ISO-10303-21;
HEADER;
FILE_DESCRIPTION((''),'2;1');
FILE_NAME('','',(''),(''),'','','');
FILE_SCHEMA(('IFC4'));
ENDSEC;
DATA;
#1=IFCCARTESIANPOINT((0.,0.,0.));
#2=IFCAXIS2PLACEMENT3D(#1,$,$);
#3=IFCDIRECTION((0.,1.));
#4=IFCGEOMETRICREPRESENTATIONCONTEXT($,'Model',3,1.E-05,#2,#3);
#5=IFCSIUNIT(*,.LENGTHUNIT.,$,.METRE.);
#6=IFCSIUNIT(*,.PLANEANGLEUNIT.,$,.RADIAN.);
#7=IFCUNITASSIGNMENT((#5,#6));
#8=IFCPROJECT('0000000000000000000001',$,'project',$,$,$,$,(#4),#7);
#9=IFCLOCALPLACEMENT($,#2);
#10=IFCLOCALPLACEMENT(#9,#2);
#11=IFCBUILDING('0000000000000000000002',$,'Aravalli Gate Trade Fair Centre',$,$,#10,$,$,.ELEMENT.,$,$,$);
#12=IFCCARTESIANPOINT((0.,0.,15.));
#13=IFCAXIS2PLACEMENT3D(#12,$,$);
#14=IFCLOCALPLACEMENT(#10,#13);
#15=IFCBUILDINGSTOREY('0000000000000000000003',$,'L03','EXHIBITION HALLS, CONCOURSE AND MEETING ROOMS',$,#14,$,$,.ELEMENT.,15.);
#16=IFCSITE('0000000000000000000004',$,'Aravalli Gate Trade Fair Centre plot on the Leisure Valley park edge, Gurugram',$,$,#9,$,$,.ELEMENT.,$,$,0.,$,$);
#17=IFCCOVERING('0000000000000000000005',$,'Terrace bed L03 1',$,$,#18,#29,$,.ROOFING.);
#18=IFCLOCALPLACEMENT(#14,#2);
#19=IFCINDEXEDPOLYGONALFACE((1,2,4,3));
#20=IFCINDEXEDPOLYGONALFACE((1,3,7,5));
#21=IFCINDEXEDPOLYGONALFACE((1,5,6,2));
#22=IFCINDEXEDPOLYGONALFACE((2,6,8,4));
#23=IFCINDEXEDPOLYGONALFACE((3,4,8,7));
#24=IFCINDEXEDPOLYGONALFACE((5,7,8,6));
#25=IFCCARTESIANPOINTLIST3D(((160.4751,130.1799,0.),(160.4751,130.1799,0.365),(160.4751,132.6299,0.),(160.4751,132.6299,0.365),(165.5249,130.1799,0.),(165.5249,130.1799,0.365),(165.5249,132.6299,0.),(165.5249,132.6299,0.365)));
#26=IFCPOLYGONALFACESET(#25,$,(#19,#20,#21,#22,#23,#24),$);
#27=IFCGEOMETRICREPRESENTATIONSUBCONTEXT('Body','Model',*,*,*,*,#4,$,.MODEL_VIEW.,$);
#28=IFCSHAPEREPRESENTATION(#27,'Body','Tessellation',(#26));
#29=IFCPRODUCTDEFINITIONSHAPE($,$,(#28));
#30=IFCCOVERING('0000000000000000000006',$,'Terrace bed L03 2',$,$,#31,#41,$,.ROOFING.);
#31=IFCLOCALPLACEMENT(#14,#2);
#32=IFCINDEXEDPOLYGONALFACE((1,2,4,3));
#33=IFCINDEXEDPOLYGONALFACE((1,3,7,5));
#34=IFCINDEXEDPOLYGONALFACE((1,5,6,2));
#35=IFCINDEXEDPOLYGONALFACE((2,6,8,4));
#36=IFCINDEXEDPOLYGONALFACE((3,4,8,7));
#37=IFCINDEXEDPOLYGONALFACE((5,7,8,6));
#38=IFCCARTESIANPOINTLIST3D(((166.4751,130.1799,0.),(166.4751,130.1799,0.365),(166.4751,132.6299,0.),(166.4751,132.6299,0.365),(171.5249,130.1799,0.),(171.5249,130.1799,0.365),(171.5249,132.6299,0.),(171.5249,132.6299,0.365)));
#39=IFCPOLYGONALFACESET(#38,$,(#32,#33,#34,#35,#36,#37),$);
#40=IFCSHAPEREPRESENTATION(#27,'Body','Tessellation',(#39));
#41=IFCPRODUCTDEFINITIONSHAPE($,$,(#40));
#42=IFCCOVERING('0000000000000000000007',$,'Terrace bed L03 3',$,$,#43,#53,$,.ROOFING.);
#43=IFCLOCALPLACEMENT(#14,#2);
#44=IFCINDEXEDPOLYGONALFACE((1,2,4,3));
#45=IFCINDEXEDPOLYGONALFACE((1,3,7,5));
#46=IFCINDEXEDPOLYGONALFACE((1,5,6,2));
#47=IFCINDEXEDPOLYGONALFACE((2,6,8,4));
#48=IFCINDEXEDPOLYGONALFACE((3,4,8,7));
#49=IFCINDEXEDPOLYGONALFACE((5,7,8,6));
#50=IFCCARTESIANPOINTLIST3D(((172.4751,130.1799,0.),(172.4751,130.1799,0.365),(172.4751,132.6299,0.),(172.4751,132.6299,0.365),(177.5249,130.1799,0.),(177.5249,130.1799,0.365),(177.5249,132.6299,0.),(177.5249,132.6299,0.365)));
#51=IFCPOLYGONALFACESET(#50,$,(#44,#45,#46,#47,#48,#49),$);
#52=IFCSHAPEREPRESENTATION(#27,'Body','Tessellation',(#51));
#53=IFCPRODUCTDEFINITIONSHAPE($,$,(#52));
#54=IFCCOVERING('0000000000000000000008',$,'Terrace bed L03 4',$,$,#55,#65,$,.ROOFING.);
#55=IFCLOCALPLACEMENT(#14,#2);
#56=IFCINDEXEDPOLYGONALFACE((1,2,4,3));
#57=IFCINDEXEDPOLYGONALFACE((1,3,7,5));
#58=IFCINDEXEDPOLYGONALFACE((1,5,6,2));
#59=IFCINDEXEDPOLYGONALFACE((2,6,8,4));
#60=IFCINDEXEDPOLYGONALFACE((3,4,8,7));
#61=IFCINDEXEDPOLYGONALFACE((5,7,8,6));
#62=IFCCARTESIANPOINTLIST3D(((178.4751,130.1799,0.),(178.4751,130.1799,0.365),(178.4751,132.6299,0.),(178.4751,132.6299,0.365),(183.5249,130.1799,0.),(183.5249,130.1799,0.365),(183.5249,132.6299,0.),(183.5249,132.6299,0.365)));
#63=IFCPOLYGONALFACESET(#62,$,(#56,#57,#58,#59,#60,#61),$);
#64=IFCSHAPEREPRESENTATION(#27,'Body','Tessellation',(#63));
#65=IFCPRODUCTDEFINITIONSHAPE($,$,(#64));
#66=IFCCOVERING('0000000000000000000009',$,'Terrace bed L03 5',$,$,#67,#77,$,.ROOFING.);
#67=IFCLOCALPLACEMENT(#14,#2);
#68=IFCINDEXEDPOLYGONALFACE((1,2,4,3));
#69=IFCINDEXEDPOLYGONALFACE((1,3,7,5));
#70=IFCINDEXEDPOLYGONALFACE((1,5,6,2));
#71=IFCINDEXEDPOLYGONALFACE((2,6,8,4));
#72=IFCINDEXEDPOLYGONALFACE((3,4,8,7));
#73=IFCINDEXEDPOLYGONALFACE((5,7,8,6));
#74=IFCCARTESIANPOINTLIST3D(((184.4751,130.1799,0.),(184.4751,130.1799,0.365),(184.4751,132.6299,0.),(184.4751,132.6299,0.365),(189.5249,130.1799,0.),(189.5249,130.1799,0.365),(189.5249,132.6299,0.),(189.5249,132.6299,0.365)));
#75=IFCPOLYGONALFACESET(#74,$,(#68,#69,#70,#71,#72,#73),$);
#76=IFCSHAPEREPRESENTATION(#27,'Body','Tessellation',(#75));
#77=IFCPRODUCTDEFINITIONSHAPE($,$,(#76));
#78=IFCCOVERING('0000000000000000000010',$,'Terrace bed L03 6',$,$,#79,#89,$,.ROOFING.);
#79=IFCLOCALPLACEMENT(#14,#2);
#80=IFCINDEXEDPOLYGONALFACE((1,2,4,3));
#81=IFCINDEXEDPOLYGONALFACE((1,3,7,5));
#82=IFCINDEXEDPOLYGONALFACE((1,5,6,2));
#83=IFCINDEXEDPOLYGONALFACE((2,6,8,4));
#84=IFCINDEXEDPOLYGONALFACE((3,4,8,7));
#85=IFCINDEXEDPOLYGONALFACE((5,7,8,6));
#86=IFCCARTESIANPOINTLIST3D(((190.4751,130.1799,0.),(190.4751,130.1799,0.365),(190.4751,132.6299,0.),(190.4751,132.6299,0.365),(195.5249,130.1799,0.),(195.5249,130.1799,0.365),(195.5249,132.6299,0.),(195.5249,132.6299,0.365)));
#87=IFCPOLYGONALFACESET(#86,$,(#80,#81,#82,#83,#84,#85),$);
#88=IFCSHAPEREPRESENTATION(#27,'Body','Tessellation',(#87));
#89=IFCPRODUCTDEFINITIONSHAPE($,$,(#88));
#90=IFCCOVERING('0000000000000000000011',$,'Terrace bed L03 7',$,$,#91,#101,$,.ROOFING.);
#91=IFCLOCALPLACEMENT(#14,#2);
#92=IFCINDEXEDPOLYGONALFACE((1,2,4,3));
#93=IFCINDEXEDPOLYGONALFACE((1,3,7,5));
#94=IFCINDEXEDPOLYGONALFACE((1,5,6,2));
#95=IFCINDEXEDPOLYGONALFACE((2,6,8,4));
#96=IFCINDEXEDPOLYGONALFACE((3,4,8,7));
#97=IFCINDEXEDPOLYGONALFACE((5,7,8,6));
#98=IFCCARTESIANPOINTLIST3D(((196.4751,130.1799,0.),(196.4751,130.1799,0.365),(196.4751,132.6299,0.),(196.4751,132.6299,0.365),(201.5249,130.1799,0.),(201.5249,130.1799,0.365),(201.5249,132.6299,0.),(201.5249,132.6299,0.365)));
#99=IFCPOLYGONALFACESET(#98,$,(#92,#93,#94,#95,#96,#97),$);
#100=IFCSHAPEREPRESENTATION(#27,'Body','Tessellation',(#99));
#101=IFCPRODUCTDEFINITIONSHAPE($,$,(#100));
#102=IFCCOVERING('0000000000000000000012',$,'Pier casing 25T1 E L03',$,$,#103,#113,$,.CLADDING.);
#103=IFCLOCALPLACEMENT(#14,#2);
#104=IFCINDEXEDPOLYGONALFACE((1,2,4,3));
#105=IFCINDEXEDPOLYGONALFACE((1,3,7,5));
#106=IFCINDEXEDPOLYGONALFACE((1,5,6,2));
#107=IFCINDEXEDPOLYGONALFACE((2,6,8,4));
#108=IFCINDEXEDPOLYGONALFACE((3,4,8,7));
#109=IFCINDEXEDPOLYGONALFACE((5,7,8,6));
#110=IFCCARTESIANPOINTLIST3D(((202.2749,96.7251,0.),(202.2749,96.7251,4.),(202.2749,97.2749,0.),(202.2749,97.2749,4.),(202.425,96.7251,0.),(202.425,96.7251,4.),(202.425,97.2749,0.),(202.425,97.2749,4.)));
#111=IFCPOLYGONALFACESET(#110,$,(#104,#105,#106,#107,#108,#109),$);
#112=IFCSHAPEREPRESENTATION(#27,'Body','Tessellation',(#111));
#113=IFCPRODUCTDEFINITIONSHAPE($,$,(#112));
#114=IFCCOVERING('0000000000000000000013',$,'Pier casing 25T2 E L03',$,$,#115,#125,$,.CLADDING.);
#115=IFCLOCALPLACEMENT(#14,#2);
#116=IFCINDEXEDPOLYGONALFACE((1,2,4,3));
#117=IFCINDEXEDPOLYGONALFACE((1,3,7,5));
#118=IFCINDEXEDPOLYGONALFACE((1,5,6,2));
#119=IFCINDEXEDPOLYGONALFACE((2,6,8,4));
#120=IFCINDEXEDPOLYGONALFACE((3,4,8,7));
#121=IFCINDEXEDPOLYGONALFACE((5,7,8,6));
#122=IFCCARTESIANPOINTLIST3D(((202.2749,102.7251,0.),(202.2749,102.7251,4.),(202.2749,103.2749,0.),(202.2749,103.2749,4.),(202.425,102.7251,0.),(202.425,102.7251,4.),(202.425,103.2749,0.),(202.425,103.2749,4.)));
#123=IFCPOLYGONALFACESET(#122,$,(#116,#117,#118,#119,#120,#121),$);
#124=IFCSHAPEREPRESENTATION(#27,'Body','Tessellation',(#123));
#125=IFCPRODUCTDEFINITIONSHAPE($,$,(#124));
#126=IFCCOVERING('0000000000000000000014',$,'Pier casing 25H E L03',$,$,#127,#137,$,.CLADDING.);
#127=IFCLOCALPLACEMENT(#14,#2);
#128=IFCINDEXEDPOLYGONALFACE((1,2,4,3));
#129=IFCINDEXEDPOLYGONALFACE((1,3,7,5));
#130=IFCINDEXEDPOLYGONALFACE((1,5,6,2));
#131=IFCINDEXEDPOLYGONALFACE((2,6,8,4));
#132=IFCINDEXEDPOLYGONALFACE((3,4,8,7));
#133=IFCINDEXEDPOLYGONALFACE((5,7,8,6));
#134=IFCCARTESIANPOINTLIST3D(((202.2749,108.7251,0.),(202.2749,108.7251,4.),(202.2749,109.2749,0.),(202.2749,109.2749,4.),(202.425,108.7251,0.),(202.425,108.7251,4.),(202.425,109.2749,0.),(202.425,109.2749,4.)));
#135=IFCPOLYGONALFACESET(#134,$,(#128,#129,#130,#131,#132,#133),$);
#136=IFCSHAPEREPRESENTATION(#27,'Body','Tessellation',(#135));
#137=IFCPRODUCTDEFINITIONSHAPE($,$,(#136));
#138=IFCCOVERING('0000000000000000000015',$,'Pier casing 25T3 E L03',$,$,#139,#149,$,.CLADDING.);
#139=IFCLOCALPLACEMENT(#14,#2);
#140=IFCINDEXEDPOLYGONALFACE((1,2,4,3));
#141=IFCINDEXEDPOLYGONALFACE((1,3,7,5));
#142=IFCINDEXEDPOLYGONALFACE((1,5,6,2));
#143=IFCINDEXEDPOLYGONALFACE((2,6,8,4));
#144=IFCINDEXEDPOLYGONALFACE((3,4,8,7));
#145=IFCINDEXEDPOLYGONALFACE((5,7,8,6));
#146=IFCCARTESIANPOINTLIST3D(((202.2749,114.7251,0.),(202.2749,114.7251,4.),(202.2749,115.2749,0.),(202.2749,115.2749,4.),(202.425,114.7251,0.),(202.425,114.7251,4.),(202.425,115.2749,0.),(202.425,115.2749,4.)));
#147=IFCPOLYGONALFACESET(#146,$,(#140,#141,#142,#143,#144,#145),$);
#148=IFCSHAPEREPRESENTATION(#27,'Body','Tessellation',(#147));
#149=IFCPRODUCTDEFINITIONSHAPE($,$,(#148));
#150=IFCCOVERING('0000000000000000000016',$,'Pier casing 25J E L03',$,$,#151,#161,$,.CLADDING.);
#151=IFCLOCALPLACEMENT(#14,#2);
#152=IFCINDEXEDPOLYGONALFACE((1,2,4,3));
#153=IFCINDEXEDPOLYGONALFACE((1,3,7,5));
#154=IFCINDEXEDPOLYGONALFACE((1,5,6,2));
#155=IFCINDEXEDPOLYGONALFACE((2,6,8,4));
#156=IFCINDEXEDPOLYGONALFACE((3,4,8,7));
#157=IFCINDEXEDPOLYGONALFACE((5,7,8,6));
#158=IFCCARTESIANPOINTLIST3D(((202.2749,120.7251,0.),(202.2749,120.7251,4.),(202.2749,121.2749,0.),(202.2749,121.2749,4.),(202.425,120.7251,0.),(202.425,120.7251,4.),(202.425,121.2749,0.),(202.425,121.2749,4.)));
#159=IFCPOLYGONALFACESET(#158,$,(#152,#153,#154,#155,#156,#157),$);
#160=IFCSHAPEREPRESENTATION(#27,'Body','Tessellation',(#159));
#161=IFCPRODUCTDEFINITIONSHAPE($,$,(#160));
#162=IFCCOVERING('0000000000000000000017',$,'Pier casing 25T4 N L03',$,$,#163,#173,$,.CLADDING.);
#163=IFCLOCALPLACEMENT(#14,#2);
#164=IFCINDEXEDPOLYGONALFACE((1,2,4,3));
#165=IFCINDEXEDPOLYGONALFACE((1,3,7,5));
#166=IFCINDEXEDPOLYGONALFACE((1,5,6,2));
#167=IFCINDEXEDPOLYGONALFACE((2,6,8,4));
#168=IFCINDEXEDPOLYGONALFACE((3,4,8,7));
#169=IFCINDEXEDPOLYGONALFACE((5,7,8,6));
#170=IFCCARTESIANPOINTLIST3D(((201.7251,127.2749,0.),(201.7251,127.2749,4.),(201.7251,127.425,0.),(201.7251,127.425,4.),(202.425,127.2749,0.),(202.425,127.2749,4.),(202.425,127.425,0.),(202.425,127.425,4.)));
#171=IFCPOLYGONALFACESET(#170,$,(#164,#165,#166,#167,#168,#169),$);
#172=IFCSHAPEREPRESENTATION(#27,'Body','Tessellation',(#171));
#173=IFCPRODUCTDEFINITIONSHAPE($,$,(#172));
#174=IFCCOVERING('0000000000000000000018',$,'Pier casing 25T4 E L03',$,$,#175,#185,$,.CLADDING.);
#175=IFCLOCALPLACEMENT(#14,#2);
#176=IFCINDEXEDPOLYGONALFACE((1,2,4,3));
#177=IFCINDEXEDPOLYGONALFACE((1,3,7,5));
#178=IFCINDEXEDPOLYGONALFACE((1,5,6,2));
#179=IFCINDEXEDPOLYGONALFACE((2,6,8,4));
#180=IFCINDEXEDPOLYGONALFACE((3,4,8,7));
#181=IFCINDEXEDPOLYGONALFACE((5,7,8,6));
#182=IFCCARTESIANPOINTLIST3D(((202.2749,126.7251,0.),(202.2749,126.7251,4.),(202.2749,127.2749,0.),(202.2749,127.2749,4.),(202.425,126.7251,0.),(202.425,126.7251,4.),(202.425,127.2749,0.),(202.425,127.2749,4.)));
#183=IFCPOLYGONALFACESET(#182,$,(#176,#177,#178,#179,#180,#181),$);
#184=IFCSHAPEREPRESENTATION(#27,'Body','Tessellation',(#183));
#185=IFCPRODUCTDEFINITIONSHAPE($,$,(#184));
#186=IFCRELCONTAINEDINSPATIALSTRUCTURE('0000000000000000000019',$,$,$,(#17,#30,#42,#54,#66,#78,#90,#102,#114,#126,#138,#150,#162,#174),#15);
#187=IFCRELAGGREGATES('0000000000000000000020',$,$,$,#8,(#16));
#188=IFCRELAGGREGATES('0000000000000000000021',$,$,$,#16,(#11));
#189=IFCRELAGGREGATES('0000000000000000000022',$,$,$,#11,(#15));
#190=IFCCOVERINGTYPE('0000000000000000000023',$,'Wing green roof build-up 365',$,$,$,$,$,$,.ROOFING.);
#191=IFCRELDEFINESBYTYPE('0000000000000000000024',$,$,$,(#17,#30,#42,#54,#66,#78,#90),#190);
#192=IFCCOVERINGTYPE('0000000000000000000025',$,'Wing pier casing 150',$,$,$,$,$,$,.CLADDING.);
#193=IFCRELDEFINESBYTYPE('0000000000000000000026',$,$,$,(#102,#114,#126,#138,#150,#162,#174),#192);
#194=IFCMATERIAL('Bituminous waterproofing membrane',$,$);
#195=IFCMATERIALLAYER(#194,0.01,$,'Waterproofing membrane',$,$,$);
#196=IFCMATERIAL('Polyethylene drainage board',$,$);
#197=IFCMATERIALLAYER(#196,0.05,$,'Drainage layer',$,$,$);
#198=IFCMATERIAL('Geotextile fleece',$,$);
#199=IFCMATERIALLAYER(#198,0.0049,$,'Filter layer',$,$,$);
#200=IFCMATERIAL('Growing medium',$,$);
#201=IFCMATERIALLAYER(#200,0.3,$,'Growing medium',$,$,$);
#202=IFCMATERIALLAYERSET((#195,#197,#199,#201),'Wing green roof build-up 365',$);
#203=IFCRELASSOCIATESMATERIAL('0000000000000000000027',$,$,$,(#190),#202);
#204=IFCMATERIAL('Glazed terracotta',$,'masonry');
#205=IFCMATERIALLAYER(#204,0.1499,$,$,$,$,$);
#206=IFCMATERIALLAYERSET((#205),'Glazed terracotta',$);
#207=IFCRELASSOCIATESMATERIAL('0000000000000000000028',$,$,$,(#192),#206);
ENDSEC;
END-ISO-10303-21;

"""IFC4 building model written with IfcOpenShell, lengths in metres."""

from ifc_helpers import new_model, si_unit, direction, frame, origin, place, context, subcontext, project, spatial, polyline, outline, extrude, material, layer, layer_set, type_object, element, save


model = new_model("IFC4")

# Units and contexts
model_context = context("Model", 3, precision=1e-05, world=origin(), true_north=direction((0.0, 1.0)))
body_context = subcontext(model_context, "Body", "Model", "MODEL_VIEW")
ifc_project = project(units=[si_unit("LENGTHUNIT", "METRE"), si_unit("PLANEANGLEUNIT", "RADIAN")], contexts=[model_context])

# Site, building, storey
site_placement = place(None, origin())
site = spatial("IfcSite", under=ifc_project, at=site_placement, Name="Aravalli Gate Trade Fair Centre plot on the Leisure Valley park edge, Gurugram", CompositionType="ELEMENT", RefElevation=0.0)
building_placement = place(site_placement, origin())
building = spatial("IfcBuilding", under=site, at=building_placement, Name="Aravalli Gate Trade Fair Centre", CompositionType="ELEMENT")
storey_placement = place(building_placement, frame((0.0, 0.0, 15.0)))
storey = spatial("IfcBuildingStorey", under=building, at=storey_placement, Name="L03", Description="EXHIBITION HALLS, CONCOURSE AND MEETING ROOMS", CompositionType="ELEMENT", Elevation=15.0)

# Coverings
ifc_material_1 = material(Name="Bituminous waterproofing membrane")
ifc_layer_1 = layer(ifc_material_1, 0.01, Name="Waterproofing membrane")
ifc_material_2 = material(Name="Polyethylene drainage board")
ifc_layer_2 = layer(ifc_material_2, 0.05, Name="Drainage layer")
ifc_material_3 = material(Name="Geotextile fleece")
ifc_layer_3 = layer(ifc_material_3, 0.0049, Name="Filter layer")
ifc_material_4 = material(Name="Growing medium")
ifc_layer_4 = layer(ifc_material_4, 0.3, Name="Growing medium")
ifc_layer_set_1 = layer_set([ifc_layer_1, ifc_layer_2, ifc_layer_3, ifc_layer_4], Name="Wing green roof build-up 365")
covering_type_1 = type_object("IfcCoveringType", Name="Wing green roof build-up 365", PredefinedType="ROOFING", material=ifc_layer_set_1)
covering_1_placement = place(storey_placement, origin())
element("IfcCovering", 1, at=covering_1_placement, inside=storey, type_object=covering_type_1, Name="Terrace bed L03 1", PredefinedType="ROOFING", context=body_context, shape_type="SweptSolid", body=[
    extrude(outline(polyline([(160.4751, 130.1799), (165.5249, 130.1799), (165.5249, 132.6299), (160.4751, 132.6299), (160.4751, 130.1799)])), origin(), (0.0, 0.0, 1.0), 0.365),
])
covering_2_placement = place(storey_placement, origin())
element("IfcCovering", 2, at=covering_2_placement, inside=storey, type_object=covering_type_1, Name="Terrace bed L03 2", PredefinedType="ROOFING", context=body_context, shape_type="SweptSolid", body=[
    extrude(outline(polyline([(166.4751, 130.1799), (171.5249, 130.1799), (171.5249, 132.6299), (166.4751, 132.6299), (166.4751, 130.1799)])), origin(), (0.0, 0.0, 1.0), 0.365),
])
covering_3_placement = place(storey_placement, origin())
element("IfcCovering", 3, at=covering_3_placement, inside=storey, type_object=covering_type_1, Name="Terrace bed L03 3", PredefinedType="ROOFING", context=body_context, shape_type="SweptSolid", body=[
    extrude(outline(polyline([(172.4751, 130.1799), (177.5249, 130.1799), (177.5249, 132.6299), (172.4751, 132.6299), (172.4751, 130.1799)])), origin(), (0.0, 0.0, 1.0), 0.365),
])
covering_4_placement = place(storey_placement, origin())
element("IfcCovering", 4, at=covering_4_placement, inside=storey, type_object=covering_type_1, Name="Terrace bed L03 4", PredefinedType="ROOFING", context=body_context, shape_type="SweptSolid", body=[
    extrude(outline(polyline([(178.4751, 130.1799), (183.5249, 130.1799), (183.5249, 132.6299), (178.4751, 132.6299), (178.4751, 130.1799)])), origin(), (0.0, 0.0, 1.0), 0.365),
])
covering_5_placement = place(storey_placement, origin())
element("IfcCovering", 5, at=covering_5_placement, inside=storey, type_object=covering_type_1, Name="Terrace bed L03 5", PredefinedType="ROOFING", context=body_context, shape_type="SweptSolid", body=[
    extrude(outline(polyline([(184.4751, 130.1799), (189.5249, 130.1799), (189.5249, 132.6299), (184.4751, 132.6299), (184.4751, 130.1799)])), origin(), (0.0, 0.0, 1.0), 0.365),
])
covering_6_placement = place(storey_placement, origin())
element("IfcCovering", 6, at=covering_6_placement, inside=storey, type_object=covering_type_1, Name="Terrace bed L03 6", PredefinedType="ROOFING", context=body_context, shape_type="SweptSolid", body=[
    extrude(outline(polyline([(190.4751, 130.1799), (195.5249, 130.1799), (195.5249, 132.6299), (190.4751, 132.6299), (190.4751, 130.1799)])), origin(), (0.0, 0.0, 1.0), 0.365),
])
covering_7_placement = place(storey_placement, origin())
element("IfcCovering", 7, at=covering_7_placement, inside=storey, type_object=covering_type_1, Name="Terrace bed L03 7", PredefinedType="ROOFING", context=body_context, shape_type="SweptSolid", body=[
    extrude(outline(polyline([(196.4751, 130.1799), (201.5249, 130.1799), (201.5249, 132.6299), (196.4751, 132.6299), (196.4751, 130.1799)])), origin(), (0.0, 0.0, 1.0), 0.365),
])
ifc_material_5 = material(Name="Glazed terracotta", Category="masonry")
ifc_layer_5 = layer(ifc_material_5, 0.1499)
ifc_layer_set_2 = layer_set([ifc_layer_5], Name="Glazed terracotta")
covering_type_2 = type_object("IfcCoveringType", Name="Wing pier casing 150", PredefinedType="CLADDING", material=ifc_layer_set_2)
covering_8_placement = place(storey_placement, origin())
element("IfcCovering", 8, at=covering_8_placement, inside=storey, type_object=covering_type_2, Name="Pier casing 25T1 E L03", PredefinedType="CLADDING", context=body_context, shape_type="SweptSolid", body=[
    extrude(outline(polyline([(202.2749, 96.7251), (202.425, 96.7251), (202.425, 97.2749), (202.2749, 97.2749), (202.2749, 96.7251)])), origin(), (0.0, 0.0, 1.0), 4.0),
])
covering_9_placement = place(storey_placement, origin())
element("IfcCovering", 9, at=covering_9_placement, inside=storey, type_object=covering_type_2, Name="Pier casing 25T2 E L03", PredefinedType="CLADDING", context=body_context, shape_type="SweptSolid", body=[
    extrude(outline(polyline([(202.2749, 102.7251), (202.425, 102.7251), (202.425, 103.2749), (202.2749, 103.2749), (202.2749, 102.7251)])), origin(), (0.0, 0.0, 1.0), 4.0),
])
covering_10_placement = place(storey_placement, origin())
element("IfcCovering", 10, at=covering_10_placement, inside=storey, type_object=covering_type_2, Name="Pier casing 25H E L03", PredefinedType="CLADDING", context=body_context, shape_type="SweptSolid", body=[
    extrude(outline(polyline([(202.2749, 108.7251), (202.425, 108.7251), (202.425, 109.2749), (202.2749, 109.2749), (202.2749, 108.7251)])), origin(), (0.0, 0.0, 1.0), 4.0),
])
covering_11_placement = place(storey_placement, origin())
element("IfcCovering", 11, at=covering_11_placement, inside=storey, type_object=covering_type_2, Name="Pier casing 25T3 E L03", PredefinedType="CLADDING", context=body_context, shape_type="SweptSolid", body=[
    extrude(outline(polyline([(202.2749, 114.7251), (202.425, 114.7251), (202.425, 115.2749), (202.2749, 115.2749), (202.2749, 114.7251)])), origin(), (0.0, 0.0, 1.0), 4.0),
])
covering_12_placement = place(storey_placement, origin())
element("IfcCovering", 12, at=covering_12_placement, inside=storey, type_object=covering_type_2, Name="Pier casing 25J E L03", PredefinedType="CLADDING", context=body_context, shape_type="SweptSolid", body=[
    extrude(outline(polyline([(202.2749, 120.7251), (202.425, 120.7251), (202.425, 121.2749), (202.2749, 121.2749), (202.2749, 120.7251)])), origin(), (0.0, 0.0, 1.0), 4.0),
])
covering_13_placement = place(storey_placement, origin())
element("IfcCovering", 13, at=covering_13_placement, inside=storey, type_object=covering_type_2, Name="Pier casing 25T4 N L03", PredefinedType="CLADDING", context=body_context, shape_type="SweptSolid", body=[
    extrude(outline(polyline([(201.7251, 127.2749), (202.425, 127.2749), (202.425, 127.425), (201.7251, 127.425), (201.7251, 127.2749)])), origin(), (0.0, 0.0, 1.0), 4.0),
])
covering_14_placement = place(storey_placement, origin())
element("IfcCovering", 14, at=covering_14_placement, inside=storey, type_object=covering_type_2, Name="Pier casing 25T4 E L03", PredefinedType="CLADDING", context=body_context, shape_type="SweptSolid", body=[
    extrude(outline(polyline([(202.2749, 126.7251), (202.425, 126.7251), (202.425, 127.2749), (202.2749, 127.2749), (202.2749, 126.7251)])), origin(), (0.0, 0.0, 1.0), 4.0),
])

save(model, "model.ifc")
